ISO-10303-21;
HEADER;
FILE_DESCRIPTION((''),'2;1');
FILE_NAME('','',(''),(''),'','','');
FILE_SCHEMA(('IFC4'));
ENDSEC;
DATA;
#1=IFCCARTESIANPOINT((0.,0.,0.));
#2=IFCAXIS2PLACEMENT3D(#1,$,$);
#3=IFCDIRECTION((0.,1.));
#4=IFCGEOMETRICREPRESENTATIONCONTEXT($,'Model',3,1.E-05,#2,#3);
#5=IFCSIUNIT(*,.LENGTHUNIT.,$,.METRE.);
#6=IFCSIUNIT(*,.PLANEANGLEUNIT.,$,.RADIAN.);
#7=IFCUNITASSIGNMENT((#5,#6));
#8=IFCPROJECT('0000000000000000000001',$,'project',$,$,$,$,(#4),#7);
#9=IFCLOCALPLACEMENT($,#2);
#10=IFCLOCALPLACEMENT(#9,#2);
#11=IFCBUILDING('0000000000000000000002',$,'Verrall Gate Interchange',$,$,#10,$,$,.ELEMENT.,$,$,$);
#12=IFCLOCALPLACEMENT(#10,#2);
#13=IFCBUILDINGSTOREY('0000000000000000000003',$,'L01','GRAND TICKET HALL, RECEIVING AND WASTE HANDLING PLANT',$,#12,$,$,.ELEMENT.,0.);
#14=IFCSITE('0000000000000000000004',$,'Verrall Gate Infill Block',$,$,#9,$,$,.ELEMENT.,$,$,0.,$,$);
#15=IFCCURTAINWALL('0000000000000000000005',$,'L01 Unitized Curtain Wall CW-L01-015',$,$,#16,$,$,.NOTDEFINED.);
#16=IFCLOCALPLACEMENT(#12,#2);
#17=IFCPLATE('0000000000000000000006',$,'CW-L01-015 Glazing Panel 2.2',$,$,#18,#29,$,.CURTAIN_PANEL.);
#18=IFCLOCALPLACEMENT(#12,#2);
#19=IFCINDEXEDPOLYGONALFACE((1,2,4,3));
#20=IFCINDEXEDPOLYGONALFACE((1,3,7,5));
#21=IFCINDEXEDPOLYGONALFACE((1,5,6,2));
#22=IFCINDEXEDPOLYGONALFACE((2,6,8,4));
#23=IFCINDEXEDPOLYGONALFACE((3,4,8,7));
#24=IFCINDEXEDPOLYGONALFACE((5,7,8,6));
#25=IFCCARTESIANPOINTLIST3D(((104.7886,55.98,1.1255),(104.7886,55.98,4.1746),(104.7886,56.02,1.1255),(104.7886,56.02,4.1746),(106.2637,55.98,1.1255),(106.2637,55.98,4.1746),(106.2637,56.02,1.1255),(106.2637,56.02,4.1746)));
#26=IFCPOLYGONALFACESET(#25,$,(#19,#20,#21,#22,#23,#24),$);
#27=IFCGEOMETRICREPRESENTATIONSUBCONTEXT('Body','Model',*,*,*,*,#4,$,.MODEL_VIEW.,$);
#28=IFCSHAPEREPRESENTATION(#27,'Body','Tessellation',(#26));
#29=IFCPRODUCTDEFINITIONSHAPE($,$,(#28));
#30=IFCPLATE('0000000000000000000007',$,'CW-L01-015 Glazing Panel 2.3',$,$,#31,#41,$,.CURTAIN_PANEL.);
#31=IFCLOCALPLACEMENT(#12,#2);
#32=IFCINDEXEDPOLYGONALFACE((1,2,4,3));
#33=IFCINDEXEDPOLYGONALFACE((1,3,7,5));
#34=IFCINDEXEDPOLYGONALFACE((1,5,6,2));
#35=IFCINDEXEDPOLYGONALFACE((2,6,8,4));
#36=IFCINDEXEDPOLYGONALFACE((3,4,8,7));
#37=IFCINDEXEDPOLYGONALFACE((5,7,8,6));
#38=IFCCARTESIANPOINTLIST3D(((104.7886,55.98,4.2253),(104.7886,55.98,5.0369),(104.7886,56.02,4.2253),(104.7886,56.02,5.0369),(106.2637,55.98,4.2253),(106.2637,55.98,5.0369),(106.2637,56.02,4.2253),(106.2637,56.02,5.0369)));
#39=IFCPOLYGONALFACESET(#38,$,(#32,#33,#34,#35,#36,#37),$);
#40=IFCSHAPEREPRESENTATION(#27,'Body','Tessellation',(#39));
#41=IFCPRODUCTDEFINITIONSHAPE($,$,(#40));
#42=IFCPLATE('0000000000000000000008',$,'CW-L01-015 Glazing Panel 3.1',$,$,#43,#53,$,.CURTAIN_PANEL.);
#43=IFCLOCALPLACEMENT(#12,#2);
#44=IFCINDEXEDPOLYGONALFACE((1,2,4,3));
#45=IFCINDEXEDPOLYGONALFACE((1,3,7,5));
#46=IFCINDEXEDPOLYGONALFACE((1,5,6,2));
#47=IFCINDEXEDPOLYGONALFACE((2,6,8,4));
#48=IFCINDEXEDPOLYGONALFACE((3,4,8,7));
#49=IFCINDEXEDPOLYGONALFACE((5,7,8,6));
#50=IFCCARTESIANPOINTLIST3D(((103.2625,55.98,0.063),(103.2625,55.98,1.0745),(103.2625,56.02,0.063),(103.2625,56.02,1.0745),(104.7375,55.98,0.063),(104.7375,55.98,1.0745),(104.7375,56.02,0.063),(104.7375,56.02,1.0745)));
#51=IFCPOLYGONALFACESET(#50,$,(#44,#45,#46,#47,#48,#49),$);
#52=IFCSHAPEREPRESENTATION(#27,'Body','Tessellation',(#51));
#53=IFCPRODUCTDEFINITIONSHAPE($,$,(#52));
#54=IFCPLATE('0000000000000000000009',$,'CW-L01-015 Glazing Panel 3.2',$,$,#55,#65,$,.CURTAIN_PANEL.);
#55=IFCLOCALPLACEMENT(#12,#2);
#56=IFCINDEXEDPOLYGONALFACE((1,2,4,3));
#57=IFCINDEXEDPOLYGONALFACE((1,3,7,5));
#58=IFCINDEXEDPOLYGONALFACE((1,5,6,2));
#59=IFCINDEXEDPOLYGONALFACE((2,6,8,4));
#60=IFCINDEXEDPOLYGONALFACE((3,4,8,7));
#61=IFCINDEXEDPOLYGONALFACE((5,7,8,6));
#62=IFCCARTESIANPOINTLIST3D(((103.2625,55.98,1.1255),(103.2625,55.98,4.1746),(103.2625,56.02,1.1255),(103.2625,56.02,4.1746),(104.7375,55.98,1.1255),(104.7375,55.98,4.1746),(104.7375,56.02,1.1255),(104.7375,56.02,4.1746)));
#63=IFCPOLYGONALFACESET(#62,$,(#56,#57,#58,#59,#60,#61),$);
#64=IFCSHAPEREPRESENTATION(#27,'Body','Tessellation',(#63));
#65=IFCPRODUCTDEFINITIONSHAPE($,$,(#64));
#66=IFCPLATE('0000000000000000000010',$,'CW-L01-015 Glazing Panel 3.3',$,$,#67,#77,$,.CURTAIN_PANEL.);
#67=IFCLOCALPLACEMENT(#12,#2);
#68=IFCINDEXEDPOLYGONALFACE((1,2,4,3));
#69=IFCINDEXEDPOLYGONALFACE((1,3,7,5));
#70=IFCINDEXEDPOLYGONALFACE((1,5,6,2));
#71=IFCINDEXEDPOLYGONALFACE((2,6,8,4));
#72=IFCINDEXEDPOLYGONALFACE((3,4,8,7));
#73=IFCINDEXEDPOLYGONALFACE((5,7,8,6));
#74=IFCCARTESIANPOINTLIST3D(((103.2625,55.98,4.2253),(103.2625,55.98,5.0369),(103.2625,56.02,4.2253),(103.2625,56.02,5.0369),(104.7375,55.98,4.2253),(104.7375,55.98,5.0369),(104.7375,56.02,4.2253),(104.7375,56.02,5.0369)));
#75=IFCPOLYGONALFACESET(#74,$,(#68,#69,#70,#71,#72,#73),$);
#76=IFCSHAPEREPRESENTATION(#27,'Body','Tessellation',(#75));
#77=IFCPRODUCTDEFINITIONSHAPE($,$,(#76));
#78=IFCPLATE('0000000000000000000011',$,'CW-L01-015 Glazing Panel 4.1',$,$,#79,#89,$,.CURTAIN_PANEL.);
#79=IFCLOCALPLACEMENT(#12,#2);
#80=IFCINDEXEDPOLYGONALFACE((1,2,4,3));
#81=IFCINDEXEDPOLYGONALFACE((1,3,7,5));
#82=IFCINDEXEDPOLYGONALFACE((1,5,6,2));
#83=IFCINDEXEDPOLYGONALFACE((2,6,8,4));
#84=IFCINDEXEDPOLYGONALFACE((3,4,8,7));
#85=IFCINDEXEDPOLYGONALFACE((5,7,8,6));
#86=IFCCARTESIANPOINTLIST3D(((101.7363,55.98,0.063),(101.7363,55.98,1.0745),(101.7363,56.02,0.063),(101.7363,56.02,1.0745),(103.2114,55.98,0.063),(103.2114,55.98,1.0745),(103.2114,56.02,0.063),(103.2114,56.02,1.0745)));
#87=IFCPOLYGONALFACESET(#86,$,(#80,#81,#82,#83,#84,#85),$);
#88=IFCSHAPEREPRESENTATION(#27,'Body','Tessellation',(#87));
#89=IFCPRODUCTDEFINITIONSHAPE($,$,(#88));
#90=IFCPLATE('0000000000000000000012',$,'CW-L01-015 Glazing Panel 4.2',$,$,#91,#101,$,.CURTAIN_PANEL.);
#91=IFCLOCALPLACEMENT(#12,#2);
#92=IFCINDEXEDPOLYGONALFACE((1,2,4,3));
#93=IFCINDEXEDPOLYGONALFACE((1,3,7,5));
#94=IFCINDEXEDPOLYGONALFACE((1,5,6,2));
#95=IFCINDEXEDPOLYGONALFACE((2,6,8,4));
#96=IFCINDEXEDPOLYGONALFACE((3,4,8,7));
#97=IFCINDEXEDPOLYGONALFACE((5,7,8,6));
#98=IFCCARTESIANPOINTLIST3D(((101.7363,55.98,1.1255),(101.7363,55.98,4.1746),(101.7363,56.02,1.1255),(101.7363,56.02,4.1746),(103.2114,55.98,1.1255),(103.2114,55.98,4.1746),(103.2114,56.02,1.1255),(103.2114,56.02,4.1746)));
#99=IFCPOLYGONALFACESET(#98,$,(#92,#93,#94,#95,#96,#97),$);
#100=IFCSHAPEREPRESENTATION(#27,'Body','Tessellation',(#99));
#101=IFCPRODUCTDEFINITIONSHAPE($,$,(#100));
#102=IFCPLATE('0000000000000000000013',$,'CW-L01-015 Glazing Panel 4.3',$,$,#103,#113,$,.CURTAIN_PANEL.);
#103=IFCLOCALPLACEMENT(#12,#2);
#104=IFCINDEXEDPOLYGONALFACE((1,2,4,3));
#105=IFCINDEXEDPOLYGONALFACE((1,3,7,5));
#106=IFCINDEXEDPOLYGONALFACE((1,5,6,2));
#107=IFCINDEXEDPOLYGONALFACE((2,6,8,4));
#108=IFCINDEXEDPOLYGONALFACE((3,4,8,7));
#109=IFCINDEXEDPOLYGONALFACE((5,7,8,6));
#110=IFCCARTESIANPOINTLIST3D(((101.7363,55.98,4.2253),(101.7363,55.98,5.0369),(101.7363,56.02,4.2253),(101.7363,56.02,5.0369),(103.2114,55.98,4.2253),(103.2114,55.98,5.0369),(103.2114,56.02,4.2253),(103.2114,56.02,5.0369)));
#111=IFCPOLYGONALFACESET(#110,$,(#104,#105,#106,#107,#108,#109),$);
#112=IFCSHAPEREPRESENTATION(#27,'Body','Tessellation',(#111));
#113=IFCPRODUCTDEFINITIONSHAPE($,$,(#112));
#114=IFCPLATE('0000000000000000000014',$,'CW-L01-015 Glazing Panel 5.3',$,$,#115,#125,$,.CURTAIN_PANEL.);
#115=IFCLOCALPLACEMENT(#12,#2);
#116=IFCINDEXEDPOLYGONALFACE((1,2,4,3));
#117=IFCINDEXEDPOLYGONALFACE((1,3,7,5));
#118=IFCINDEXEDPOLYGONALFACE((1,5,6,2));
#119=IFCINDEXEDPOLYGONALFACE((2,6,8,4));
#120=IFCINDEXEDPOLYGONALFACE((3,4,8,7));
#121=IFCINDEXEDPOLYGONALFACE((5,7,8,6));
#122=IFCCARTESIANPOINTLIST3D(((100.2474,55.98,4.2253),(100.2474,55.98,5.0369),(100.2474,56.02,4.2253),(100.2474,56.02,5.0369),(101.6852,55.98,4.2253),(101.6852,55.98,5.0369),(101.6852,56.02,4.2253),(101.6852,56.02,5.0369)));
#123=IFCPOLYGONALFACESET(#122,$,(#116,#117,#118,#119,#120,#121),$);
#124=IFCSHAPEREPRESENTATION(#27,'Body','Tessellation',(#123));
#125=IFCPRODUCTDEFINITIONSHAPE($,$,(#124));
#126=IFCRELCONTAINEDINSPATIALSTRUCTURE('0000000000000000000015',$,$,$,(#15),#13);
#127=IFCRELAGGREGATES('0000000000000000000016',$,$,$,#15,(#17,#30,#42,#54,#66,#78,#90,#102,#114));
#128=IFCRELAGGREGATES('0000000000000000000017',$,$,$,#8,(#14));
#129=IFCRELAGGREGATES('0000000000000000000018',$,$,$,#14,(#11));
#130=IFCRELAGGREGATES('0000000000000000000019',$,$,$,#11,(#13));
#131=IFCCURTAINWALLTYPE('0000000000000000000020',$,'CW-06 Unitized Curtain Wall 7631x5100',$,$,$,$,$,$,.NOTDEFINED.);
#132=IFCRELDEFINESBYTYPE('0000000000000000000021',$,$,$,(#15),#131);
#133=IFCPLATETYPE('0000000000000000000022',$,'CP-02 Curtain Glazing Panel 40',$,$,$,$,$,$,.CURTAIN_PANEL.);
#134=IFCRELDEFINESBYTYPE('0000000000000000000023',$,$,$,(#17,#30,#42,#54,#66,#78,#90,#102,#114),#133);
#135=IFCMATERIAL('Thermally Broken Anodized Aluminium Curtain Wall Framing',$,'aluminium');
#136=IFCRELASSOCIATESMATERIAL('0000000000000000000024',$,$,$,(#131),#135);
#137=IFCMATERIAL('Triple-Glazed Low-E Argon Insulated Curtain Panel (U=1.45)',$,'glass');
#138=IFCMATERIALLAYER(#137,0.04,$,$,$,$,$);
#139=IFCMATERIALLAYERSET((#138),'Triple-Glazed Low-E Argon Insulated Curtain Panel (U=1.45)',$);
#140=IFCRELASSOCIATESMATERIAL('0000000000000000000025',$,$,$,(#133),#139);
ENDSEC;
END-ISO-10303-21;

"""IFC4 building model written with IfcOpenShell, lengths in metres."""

from ifc_helpers import new_model, si_unit, direction, frame, origin, origin_2d, place, context, subcontext, project, spatial, rectangle, extrude, material, layer, layer_set, type_object, element, aggregate, save


model = new_model("IFC4")

# Units and contexts
model_context = context("Model", 3, precision=1e-05, world=origin(), true_north=direction((0.0, 1.0)))
body_context = subcontext(model_context, "Body", "Model", "MODEL_VIEW")
ifc_project = project(units=[si_unit("LENGTHUNIT", "METRE"), si_unit("PLANEANGLEUNIT", "RADIAN")], contexts=[model_context])

# Site, building, storey
site_placement = place(None, origin())
site = spatial("IfcSite", under=ifc_project, at=site_placement, Name="Verrall Gate Infill Block", CompositionType="ELEMENT", RefElevation=0.0)
building_placement = place(site_placement, origin())
building = spatial("IfcBuilding", under=site, at=building_placement, Name="Verrall Gate Interchange", CompositionType="ELEMENT")
storey_placement = place(building_placement, origin())
storey = spatial("IfcBuildingStorey", under=building, at=storey_placement, Name="L01", Description="GRAND TICKET HALL, RECEIVING AND WASTE HANDLING PLANT", CompositionType="ELEMENT", Elevation=0.0)

# Curtain wall, plates
ifc_material_1 = material(Name="Thermally Broken Anodized Aluminium Curtain Wall Framing", Category="aluminium")
curtain_wall_type = type_object("IfcCurtainWallType", Name="CW-06 Unitized Curtain Wall 7631x5100", PredefinedType="NOTDEFINED", material=ifc_material_1)
curtain_wall_placement = place(storey_placement, origin())
curtain_wall = element("IfcCurtainWall", 1, at=curtain_wall_placement, inside=storey, type_object=curtain_wall_type, Name="L01 Unitized Curtain Wall CW-L01-015", PredefinedType="NOTDEFINED")
ifc_material_2 = material(Name="Triple-Glazed Low-E Argon Insulated Curtain Panel (U=1.45)", Category="glass")
ifc_layer = layer(ifc_material_2, 0.04)
ifc_layer_set = layer_set([ifc_layer], Name="Triple-Glazed Low-E Argon Insulated Curtain Panel (U=1.45)")
plate_type = type_object("IfcPlateType", Name="CP-02 Curtain Glazing Panel 40", PredefinedType="CURTAIN_PANEL", material=ifc_layer_set)
plate_1_placement = place(storey_placement, frame((105.5261, 56.0, 1.1255), z_axis=(0.0, 0.0, 1.0), x_axis=(-1.0, 0.0, 0.0)))
plate_1 = element("IfcPlate", 2, at=plate_1_placement, type_object=plate_type, Name="CW-L01-015 Glazing Panel 2.2", PredefinedType="CURTAIN_PANEL", context=body_context, shape_type="SweptSolid", body=[
    extrude(rectangle(XDim=1.4751, YDim=0.04, at=origin_2d()), origin(), (0.0, 0.0, 1.0), 3.0491),
])
plate_2_placement = place(storey_placement, frame((105.5261, 56.0, 4.2253), z_axis=(0.0, 0.0, 1.0), x_axis=(-1.0, 0.0, 0.0)))
plate_2 = element("IfcPlate", 3, at=plate_2_placement, type_object=plate_type, Name="CW-L01-015 Glazing Panel 2.3", PredefinedType="CURTAIN_PANEL", context=body_context, shape_type="SweptSolid", body=[
    extrude(rectangle(XDim=1.4751, YDim=0.04, at=origin_2d()), origin(), (0.0, 0.0, 1.0), 0.8115),
])
plate_3_placement = place(storey_placement, frame((104.0, 56.0, 0.063), z_axis=(0.0, 0.0, 1.0), x_axis=(-1.0, 0.0, 0.0)))
plate_3 = element("IfcPlate", 4, at=plate_3_placement, type_object=plate_type, Name="CW-L01-015 Glazing Panel 3.1", PredefinedType="CURTAIN_PANEL", context=body_context, shape_type="SweptSolid", body=[
    extrude(rectangle(XDim=1.4751, YDim=0.04, at=origin_2d()), origin(), (0.0, 0.0, 1.0), 1.0115),
])
plate_4_placement = place(storey_placement, frame((104.0, 56.0, 1.1255), z_axis=(0.0, 0.0, 1.0), x_axis=(-1.0, 0.0, 0.0)))
plate_4 = element("IfcPlate", 5, at=plate_4_placement, type_object=plate_type, Name="CW-L01-015 Glazing Panel 3.2", PredefinedType="CURTAIN_PANEL", context=body_context, shape_type="SweptSolid", body=[
    extrude(rectangle(XDim=1.4751, YDim=0.04, at=origin_2d()), origin(), (0.0, 0.0, 1.0), 3.0491),
])
plate_5_placement = place(storey_placement, frame((104.0, 56.0, 4.2253), z_axis=(0.0, 0.0, 1.0), x_axis=(-1.0, 0.0, 0.0)))
plate_5 = element("IfcPlate", 6, at=plate_5_placement, type_object=plate_type, Name="CW-L01-015 Glazing Panel 3.3", PredefinedType="CURTAIN_PANEL", context=body_context, shape_type="SweptSolid", body=[
    extrude(rectangle(XDim=1.4751, YDim=0.04, at=origin_2d()), origin(), (0.0, 0.0, 1.0), 0.8115),
])
plate_6_placement = place(storey_placement, frame((102.4739, 56.0, 0.063), z_axis=(0.0, 0.0, 1.0), x_axis=(-1.0, 0.0, 0.0)))
plate_6 = element("IfcPlate", 7, at=plate_6_placement, type_object=plate_type, Name="CW-L01-015 Glazing Panel 4.1", PredefinedType="CURTAIN_PANEL", context=body_context, shape_type="SweptSolid", body=[
    extrude(rectangle(XDim=1.4751, YDim=0.04, at=origin_2d()), origin(), (0.0, 0.0, 1.0), 1.0115),
])
plate_7_placement = place(storey_placement, frame((102.4739, 56.0, 1.1255), z_axis=(0.0, 0.0, 1.0), x_axis=(-1.0, 0.0, 0.0)))
plate_7 = element("IfcPlate", 8, at=plate_7_placement, type_object=plate_type, Name="CW-L01-015 Glazing Panel 4.2", PredefinedType="CURTAIN_PANEL", context=body_context, shape_type="SweptSolid", body=[
    extrude(rectangle(XDim=1.4751, YDim=0.04, at=origin_2d()), origin(), (0.0, 0.0, 1.0), 3.0491),
])
plate_8_placement = place(storey_placement, frame((102.4739, 56.0, 4.2253), z_axis=(0.0, 0.0, 1.0), x_axis=(-1.0, 0.0, 0.0)))
plate_8 = element("IfcPlate", 9, at=plate_8_placement, type_object=plate_type, Name="CW-L01-015 Glazing Panel 4.3", PredefinedType="CURTAIN_PANEL", context=body_context, shape_type="SweptSolid", body=[
    extrude(rectangle(XDim=1.4751, YDim=0.04, at=origin_2d()), origin(), (0.0, 0.0, 1.0), 0.8115),
])
plate_9_placement = place(storey_placement, frame((100.9663, 56.0, 4.2253), z_axis=(0.0, 0.0, 1.0), x_axis=(-1.0, 0.0, 0.0)))
plate_9 = element("IfcPlate", 10, at=plate_9_placement, type_object=plate_type, Name="CW-L01-015 Glazing Panel 5.3", PredefinedType="CURTAIN_PANEL", context=body_context, shape_type="SweptSolid", body=[
    extrude(rectangle(XDim=1.4377, YDim=0.04, at=origin_2d()), origin(), (0.0, 0.0, 1.0), 0.8115),
])
aggregate(curtain_wall, [plate_1, plate_2, plate_3, plate_4, plate_5, plate_6, plate_7, plate_8, plate_9])

save(model, "model.ifc")
